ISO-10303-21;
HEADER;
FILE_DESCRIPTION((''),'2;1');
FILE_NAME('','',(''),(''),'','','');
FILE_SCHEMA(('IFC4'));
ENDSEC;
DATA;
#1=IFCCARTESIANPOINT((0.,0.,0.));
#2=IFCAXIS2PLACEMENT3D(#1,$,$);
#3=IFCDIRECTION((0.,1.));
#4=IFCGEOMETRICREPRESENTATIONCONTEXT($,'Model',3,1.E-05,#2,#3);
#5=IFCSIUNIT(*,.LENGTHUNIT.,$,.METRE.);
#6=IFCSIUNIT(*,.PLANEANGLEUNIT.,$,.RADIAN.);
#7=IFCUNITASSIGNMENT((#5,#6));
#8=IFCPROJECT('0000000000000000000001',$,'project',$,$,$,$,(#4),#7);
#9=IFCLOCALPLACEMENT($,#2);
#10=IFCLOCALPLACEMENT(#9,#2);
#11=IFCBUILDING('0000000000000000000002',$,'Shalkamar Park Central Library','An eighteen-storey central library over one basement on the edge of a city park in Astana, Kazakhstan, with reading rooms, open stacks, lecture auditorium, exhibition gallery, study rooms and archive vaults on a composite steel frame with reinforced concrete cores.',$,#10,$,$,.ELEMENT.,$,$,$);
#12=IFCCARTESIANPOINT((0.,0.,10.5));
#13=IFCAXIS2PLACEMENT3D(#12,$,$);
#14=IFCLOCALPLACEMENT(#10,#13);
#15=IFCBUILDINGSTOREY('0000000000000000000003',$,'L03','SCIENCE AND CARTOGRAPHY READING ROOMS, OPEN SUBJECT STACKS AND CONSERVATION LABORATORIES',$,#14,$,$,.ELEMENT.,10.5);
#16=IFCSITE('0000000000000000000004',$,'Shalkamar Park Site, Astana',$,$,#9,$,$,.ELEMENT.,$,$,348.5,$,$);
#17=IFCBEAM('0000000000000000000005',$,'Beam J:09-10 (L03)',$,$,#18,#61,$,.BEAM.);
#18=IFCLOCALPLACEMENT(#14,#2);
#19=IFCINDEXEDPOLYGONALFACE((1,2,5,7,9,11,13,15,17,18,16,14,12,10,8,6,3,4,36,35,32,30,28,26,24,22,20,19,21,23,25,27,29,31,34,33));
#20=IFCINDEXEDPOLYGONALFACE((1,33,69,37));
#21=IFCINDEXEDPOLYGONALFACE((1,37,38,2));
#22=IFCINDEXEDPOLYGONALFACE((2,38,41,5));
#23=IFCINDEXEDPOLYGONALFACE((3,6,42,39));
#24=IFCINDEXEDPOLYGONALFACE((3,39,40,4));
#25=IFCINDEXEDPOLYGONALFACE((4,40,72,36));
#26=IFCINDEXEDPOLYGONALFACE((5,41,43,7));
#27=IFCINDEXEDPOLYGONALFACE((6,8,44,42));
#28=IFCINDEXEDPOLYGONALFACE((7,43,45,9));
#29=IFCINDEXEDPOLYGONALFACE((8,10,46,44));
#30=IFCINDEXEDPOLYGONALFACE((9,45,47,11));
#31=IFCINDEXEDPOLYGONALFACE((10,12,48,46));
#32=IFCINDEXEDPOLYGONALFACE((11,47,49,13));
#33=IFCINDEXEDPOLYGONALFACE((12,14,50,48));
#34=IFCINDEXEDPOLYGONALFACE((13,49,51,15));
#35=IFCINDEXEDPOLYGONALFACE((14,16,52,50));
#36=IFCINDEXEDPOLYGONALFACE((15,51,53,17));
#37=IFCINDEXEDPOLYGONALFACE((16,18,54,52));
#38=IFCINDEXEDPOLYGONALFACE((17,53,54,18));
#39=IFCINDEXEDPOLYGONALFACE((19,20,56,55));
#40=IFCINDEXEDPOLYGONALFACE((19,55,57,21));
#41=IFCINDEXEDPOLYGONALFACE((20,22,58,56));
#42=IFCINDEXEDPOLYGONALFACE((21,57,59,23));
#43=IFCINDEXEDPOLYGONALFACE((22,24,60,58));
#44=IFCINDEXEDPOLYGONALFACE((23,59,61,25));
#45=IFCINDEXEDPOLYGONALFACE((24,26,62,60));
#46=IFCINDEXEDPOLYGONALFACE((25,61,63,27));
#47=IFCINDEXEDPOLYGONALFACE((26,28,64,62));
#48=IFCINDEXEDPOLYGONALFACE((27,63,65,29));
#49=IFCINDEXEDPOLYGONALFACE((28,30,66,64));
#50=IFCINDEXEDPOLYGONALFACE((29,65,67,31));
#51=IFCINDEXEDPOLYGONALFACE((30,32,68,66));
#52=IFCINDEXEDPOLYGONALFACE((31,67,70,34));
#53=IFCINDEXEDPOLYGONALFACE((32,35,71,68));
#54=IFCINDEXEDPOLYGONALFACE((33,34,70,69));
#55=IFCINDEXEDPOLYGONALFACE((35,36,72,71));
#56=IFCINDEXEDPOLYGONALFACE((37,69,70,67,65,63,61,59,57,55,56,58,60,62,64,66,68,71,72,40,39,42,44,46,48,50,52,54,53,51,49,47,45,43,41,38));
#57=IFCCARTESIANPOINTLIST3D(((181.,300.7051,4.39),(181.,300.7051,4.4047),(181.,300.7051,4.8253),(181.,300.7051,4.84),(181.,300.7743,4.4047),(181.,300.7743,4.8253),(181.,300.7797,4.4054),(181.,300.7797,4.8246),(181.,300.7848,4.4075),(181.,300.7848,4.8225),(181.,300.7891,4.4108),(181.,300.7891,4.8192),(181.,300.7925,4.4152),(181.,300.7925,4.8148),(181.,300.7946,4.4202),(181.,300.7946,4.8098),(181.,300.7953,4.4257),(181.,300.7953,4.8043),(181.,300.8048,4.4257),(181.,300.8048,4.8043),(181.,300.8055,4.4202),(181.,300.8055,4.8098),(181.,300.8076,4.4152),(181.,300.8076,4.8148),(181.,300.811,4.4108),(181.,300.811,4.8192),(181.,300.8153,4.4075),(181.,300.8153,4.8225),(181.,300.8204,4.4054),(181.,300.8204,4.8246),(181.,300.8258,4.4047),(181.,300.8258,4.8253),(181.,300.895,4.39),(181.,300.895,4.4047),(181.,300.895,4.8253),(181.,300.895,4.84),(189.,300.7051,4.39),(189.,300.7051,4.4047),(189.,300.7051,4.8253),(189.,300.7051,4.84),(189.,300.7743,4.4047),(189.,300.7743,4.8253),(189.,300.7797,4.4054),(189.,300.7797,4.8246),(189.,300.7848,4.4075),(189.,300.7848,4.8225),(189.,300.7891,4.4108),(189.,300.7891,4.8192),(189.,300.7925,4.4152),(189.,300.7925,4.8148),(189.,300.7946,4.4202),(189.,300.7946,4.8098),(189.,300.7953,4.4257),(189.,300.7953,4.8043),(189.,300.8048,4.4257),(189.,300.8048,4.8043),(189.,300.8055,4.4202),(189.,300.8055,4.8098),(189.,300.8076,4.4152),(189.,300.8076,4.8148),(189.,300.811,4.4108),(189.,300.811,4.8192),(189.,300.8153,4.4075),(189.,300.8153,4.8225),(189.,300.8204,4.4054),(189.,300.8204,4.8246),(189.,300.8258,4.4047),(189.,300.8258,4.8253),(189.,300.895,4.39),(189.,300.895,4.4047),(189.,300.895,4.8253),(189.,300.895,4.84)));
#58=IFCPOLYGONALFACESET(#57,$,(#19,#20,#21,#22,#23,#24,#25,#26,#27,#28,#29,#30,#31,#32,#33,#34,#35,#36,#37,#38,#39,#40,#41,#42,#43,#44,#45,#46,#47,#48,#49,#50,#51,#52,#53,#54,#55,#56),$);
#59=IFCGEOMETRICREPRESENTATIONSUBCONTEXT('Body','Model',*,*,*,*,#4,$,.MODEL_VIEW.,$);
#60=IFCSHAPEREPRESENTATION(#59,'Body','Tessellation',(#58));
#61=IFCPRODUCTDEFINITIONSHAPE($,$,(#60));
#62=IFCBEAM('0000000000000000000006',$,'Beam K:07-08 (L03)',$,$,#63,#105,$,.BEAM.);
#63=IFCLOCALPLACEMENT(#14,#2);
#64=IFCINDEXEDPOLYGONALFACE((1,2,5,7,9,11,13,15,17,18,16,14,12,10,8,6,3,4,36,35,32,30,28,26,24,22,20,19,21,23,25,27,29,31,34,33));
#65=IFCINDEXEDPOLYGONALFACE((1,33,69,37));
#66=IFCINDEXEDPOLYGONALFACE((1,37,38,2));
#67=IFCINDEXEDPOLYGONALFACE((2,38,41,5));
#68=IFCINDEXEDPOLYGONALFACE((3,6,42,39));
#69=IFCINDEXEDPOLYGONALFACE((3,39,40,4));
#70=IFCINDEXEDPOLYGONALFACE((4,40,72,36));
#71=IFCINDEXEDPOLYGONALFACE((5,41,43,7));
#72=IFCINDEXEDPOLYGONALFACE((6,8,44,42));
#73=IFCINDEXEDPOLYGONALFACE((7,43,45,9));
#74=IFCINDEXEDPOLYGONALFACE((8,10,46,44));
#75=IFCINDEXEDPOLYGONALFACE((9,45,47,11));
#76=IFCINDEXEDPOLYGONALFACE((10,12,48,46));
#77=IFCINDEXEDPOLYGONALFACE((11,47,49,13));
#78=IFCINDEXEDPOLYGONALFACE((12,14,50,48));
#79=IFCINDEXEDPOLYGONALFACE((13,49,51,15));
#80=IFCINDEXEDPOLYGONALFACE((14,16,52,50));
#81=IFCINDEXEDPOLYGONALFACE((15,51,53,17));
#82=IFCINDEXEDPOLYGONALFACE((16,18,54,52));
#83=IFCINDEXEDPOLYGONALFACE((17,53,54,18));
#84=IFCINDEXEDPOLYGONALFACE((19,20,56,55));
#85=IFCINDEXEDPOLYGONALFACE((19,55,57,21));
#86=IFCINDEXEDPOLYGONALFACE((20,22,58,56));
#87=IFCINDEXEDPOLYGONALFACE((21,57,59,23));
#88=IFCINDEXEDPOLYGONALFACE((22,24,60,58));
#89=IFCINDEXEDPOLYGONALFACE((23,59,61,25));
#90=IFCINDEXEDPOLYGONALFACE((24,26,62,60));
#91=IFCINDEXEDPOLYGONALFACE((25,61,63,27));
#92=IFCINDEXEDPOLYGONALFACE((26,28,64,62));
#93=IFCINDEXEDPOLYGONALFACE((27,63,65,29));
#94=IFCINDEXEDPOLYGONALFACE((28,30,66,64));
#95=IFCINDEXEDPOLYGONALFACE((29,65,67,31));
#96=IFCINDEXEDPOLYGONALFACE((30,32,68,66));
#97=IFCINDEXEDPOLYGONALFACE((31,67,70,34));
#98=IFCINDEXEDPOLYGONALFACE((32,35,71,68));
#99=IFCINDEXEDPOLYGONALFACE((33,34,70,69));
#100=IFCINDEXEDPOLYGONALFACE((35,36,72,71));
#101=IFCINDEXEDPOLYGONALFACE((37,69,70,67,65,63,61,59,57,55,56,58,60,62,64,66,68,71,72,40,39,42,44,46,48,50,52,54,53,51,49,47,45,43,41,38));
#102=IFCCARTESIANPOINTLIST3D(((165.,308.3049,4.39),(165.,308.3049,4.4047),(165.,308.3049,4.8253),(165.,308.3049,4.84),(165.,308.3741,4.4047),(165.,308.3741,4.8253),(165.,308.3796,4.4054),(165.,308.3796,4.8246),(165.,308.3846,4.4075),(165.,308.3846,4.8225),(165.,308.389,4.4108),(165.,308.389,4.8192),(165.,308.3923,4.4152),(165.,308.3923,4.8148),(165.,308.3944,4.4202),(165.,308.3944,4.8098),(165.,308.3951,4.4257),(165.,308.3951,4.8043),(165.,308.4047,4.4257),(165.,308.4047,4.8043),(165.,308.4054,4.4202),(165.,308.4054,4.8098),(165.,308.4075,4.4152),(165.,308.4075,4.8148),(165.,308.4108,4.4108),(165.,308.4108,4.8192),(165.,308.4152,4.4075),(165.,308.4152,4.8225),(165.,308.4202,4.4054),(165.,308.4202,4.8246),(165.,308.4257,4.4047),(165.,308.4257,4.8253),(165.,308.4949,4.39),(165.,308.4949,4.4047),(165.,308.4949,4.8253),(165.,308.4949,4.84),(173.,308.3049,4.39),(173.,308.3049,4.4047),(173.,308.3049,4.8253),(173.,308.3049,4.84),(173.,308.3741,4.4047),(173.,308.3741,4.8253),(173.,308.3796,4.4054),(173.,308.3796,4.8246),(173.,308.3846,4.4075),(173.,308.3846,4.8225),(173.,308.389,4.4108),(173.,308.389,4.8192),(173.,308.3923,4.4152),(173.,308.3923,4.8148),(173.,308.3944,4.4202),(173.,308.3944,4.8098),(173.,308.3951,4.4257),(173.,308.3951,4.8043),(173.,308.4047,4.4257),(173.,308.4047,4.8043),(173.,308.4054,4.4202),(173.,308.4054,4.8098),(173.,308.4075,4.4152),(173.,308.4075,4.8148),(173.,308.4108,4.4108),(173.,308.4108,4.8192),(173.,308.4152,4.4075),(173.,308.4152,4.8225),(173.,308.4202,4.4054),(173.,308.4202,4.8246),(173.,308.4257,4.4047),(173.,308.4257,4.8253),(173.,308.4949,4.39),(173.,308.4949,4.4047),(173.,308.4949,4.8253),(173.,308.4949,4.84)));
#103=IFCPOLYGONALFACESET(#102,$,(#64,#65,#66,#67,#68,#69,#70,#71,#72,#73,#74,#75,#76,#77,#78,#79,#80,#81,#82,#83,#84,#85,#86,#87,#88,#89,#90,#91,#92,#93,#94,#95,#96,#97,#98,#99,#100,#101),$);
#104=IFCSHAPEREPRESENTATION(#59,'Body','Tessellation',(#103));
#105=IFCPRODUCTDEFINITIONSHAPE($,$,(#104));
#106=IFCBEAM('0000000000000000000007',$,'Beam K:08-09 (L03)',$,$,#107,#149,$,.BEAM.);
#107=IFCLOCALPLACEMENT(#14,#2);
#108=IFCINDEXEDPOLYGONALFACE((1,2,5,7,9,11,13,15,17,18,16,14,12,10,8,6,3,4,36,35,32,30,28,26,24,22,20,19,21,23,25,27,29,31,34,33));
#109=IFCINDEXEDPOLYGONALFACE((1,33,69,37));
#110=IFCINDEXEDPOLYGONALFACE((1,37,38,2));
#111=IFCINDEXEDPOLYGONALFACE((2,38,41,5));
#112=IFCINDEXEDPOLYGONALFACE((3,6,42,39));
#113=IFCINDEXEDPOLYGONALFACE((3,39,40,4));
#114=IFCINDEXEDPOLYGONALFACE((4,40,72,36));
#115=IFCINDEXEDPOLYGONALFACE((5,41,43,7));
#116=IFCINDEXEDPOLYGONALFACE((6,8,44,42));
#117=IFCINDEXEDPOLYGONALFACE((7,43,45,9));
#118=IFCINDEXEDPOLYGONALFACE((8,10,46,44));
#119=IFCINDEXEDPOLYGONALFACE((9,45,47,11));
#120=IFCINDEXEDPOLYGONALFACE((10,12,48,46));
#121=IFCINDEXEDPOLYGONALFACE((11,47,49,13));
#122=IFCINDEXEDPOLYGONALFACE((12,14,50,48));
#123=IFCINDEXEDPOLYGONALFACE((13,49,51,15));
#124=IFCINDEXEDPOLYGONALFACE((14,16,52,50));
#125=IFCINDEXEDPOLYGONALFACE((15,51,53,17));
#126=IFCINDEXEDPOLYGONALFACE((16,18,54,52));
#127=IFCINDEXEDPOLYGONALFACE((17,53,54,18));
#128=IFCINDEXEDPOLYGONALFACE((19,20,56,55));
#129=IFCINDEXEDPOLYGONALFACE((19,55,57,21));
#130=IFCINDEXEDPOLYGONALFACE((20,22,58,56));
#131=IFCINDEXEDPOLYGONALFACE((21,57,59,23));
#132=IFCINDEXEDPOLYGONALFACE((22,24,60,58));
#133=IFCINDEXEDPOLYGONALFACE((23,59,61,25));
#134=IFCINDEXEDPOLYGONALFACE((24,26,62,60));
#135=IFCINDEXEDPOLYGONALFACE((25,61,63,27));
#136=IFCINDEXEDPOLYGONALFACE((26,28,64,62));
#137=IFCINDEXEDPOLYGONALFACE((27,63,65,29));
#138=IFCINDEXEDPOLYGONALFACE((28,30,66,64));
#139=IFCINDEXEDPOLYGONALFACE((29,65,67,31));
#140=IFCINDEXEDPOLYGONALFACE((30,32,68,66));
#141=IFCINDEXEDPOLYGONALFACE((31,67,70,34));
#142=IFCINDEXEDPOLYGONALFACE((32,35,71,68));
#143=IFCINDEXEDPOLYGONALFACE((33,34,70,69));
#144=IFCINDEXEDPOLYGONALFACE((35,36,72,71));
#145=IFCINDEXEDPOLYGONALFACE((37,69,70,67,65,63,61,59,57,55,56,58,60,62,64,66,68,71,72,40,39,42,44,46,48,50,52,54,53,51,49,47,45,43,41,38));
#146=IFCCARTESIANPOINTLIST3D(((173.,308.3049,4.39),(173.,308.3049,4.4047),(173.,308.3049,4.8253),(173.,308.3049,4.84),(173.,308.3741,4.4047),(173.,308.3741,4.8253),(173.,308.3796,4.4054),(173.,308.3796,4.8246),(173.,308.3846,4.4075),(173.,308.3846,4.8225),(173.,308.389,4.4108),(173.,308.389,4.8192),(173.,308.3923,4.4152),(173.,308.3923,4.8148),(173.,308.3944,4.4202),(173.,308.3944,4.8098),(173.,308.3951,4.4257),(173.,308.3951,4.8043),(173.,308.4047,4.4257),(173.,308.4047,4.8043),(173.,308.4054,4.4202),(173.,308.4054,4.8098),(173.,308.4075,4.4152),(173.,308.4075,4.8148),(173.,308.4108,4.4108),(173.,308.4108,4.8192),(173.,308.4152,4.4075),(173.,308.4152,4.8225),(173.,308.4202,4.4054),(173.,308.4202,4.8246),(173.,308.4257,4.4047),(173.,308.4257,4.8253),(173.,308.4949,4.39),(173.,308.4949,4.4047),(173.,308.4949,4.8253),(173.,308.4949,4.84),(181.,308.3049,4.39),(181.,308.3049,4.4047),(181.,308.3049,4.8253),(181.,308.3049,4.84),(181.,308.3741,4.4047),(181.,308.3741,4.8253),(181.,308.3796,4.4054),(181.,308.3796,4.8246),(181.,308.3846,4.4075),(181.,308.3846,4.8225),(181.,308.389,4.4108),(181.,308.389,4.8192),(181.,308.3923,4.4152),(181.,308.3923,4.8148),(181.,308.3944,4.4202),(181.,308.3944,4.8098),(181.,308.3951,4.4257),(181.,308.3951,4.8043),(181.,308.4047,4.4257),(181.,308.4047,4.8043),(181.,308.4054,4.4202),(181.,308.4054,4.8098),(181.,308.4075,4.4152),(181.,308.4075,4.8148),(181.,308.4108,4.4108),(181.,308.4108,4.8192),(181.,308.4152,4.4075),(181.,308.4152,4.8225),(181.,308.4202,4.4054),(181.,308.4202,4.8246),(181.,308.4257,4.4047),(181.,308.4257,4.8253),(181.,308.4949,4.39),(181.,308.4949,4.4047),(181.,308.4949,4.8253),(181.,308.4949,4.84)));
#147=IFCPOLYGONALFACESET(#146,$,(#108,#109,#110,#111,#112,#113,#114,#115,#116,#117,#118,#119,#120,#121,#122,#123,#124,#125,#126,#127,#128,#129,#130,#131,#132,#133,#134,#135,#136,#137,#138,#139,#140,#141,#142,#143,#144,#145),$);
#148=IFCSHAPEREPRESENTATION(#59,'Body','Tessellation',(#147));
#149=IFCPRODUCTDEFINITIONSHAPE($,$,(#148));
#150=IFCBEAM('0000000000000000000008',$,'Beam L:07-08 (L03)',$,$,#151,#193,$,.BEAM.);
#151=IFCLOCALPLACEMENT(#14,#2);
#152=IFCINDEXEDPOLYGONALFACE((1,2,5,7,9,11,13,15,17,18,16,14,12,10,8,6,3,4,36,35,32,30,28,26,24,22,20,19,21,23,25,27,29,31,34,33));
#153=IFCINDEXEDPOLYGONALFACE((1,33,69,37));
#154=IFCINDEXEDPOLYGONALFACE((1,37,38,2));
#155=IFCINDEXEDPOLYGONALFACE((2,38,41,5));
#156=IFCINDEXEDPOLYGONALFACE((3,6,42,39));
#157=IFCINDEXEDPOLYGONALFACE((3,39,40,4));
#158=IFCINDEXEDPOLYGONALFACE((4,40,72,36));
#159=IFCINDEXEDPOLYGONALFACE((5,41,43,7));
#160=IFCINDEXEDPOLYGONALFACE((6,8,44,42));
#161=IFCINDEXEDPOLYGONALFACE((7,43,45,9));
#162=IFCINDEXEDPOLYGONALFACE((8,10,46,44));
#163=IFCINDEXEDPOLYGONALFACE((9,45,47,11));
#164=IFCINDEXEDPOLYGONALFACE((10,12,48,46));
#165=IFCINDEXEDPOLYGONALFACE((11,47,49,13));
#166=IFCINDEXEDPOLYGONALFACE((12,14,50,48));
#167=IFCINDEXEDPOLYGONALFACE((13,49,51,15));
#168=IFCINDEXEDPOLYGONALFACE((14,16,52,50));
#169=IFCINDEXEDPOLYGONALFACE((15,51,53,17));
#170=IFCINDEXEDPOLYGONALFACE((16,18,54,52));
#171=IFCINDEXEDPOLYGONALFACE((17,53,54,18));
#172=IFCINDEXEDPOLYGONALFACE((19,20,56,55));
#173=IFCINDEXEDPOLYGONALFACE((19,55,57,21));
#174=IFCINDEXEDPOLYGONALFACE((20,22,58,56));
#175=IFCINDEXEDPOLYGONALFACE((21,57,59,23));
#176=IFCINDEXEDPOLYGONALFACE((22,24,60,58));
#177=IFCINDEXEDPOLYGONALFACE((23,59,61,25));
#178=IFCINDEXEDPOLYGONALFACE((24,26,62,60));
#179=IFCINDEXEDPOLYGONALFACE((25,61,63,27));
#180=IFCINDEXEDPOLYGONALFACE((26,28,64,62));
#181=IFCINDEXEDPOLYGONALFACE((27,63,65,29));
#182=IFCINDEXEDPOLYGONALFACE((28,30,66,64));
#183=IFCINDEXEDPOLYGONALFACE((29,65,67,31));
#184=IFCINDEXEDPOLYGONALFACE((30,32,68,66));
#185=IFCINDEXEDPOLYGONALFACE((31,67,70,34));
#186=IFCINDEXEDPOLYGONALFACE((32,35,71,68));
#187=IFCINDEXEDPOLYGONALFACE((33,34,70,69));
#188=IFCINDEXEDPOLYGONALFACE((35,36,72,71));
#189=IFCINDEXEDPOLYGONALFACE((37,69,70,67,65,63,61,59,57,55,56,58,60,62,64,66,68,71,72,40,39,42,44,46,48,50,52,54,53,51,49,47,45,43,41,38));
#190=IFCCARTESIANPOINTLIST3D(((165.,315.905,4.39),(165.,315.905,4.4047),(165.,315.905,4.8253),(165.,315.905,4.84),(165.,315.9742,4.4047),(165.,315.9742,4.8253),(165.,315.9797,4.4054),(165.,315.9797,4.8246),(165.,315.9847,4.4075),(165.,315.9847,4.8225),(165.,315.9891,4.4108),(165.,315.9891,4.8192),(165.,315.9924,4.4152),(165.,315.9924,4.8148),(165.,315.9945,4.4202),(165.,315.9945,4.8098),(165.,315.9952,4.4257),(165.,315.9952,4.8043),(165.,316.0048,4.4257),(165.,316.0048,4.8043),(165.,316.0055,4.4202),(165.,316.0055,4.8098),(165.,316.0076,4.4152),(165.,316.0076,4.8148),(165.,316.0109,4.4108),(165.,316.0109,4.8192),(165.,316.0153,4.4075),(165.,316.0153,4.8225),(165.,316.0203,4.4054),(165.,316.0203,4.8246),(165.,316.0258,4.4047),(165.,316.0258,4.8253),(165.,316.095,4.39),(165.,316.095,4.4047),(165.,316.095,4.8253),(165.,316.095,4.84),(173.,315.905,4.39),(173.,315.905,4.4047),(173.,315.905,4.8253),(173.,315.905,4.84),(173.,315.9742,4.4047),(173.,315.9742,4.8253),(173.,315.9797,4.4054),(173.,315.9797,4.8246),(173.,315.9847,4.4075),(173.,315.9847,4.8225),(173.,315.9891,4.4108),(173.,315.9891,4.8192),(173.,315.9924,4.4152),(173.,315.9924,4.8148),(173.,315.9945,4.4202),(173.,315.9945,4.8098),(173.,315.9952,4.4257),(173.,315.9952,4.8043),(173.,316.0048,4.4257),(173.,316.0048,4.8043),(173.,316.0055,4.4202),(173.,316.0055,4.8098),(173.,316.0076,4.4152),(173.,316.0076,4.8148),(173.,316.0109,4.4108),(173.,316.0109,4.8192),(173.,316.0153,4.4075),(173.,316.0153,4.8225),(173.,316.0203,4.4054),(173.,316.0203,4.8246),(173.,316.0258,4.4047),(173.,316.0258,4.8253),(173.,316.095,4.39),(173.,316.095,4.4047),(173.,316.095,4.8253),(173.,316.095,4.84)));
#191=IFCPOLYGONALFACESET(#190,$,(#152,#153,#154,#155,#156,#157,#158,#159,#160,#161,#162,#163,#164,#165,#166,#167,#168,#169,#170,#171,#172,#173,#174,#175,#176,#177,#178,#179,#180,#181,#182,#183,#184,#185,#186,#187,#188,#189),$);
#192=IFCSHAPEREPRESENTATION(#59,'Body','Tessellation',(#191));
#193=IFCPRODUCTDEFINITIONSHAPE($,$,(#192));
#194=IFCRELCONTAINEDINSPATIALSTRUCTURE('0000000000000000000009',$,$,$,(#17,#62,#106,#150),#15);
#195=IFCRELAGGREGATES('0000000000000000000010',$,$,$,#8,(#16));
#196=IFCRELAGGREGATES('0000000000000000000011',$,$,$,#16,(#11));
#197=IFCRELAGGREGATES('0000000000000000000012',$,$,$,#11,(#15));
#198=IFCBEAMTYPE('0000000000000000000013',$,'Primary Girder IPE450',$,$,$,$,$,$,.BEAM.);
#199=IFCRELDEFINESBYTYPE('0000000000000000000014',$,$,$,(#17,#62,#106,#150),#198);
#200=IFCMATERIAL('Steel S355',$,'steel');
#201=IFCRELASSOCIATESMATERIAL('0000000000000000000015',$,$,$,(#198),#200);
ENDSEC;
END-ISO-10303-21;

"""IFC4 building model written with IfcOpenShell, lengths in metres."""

from ifc_helpers import new_model, si_unit, direction, frame, origin, origin_2d, place, context, subcontext, project, spatial, i_section, extrude, material, material_profile, profile_set, type_object, element, save


model = new_model("IFC4")

# Units and contexts
model_context = context("Model", 3, precision=1e-05, world=origin(), true_north=direction((0.0, 1.0)))
body_context = subcontext(model_context, "Body", "Model", "MODEL_VIEW")
ifc_project = project(units=[si_unit("LENGTHUNIT", "METRE"), si_unit("PLANEANGLEUNIT", "RADIAN")], contexts=[model_context])

# Site, building, storey
site_placement = place(None, origin())
site = spatial("IfcSite", under=ifc_project, at=site_placement, Name="Shalkamar Park Site, Astana", CompositionType="ELEMENT", RefElevation=348.5)
building_placement = place(site_placement, origin())
building = spatial("IfcBuilding", under=site, at=building_placement, Name="Shalkamar Park Central Library", Description="An eighteen-storey central library over one basement on the edge of a city park in Astana, Kazakhstan, with reading rooms, open stacks, lecture auditorium, exhibition gallery, study rooms and archive vaults on a composite steel frame with reinforced concrete cores.", CompositionType="ELEMENT")
storey_placement = place(building_placement, frame((0.0, 0.0, 10.5)))
storey = spatial("IfcBuildingStorey", under=building, at=storey_placement, Name="L03", Description="SCIENCE AND CARTOGRAPHY READING ROOMS, OPEN SUBJECT STACKS AND CONSERVATION LABORATORIES", CompositionType="ELEMENT", Elevation=10.5)

# Shared definitions
ifc_material_1 = material(Name="Steel S355", Category="steel")

# Beams
ifc_material_profile_1 = material_profile(ifc_material_1, i_section(OverallWidth=0.1899, OverallDepth=0.45, WebThickness=0.0095, FlangeThickness=0.0146, FilletRadius=0.021, at=origin_2d()), Name="IPE 450")
ifc_profile_set_1 = profile_set([ifc_material_profile_1], Name="Steel S355")
beam_type_1 = type_object("IfcBeamType", Name="Primary Girder IPE450", PredefinedType="BEAM", material=ifc_profile_set_1)
for number, where, z_axis, x_axis, name in (
    (1, (181.0, 300.8, 4.615), (1.0, 0.0, 0.0), (0.0, 1.0, 0.0), "Beam J:09-10 (L03)"),
    (2, (165.0, 308.3999, 4.615), (1.0, 0.0, 0.0), (0.0, 1.0, 0.0), "Beam K:07-08 (L03)"),
    (3, (173.0, 308.3999, 4.615), (1.0, 0.0, 0.0), (0.0, 1.0, 0.0), "Beam K:08-09 (L03)"),
    (4, (165.0, 316.0, 4.615), (1.0, 0.0, 0.0), (0.0, 1.0, 0.0), "Beam L:07-08 (L03)"),
):
    element("IfcBeam", number, at=place(storey_placement, frame(where, z_axis=z_axis, x_axis=x_axis)), inside=storey, type_object=beam_type_1, Name=name, PredefinedType="BEAM", context=body_context, shape_type="SweptSolid", body=[
        extrude(i_section(OverallWidth=0.1899, OverallDepth=0.45, WebThickness=0.0095, FlangeThickness=0.0146, FilletRadius=0.021, at=origin_2d()), origin(), (0.0, 0.0, 1.0), 8.0),
    ])

save(model, "model.ifc")
